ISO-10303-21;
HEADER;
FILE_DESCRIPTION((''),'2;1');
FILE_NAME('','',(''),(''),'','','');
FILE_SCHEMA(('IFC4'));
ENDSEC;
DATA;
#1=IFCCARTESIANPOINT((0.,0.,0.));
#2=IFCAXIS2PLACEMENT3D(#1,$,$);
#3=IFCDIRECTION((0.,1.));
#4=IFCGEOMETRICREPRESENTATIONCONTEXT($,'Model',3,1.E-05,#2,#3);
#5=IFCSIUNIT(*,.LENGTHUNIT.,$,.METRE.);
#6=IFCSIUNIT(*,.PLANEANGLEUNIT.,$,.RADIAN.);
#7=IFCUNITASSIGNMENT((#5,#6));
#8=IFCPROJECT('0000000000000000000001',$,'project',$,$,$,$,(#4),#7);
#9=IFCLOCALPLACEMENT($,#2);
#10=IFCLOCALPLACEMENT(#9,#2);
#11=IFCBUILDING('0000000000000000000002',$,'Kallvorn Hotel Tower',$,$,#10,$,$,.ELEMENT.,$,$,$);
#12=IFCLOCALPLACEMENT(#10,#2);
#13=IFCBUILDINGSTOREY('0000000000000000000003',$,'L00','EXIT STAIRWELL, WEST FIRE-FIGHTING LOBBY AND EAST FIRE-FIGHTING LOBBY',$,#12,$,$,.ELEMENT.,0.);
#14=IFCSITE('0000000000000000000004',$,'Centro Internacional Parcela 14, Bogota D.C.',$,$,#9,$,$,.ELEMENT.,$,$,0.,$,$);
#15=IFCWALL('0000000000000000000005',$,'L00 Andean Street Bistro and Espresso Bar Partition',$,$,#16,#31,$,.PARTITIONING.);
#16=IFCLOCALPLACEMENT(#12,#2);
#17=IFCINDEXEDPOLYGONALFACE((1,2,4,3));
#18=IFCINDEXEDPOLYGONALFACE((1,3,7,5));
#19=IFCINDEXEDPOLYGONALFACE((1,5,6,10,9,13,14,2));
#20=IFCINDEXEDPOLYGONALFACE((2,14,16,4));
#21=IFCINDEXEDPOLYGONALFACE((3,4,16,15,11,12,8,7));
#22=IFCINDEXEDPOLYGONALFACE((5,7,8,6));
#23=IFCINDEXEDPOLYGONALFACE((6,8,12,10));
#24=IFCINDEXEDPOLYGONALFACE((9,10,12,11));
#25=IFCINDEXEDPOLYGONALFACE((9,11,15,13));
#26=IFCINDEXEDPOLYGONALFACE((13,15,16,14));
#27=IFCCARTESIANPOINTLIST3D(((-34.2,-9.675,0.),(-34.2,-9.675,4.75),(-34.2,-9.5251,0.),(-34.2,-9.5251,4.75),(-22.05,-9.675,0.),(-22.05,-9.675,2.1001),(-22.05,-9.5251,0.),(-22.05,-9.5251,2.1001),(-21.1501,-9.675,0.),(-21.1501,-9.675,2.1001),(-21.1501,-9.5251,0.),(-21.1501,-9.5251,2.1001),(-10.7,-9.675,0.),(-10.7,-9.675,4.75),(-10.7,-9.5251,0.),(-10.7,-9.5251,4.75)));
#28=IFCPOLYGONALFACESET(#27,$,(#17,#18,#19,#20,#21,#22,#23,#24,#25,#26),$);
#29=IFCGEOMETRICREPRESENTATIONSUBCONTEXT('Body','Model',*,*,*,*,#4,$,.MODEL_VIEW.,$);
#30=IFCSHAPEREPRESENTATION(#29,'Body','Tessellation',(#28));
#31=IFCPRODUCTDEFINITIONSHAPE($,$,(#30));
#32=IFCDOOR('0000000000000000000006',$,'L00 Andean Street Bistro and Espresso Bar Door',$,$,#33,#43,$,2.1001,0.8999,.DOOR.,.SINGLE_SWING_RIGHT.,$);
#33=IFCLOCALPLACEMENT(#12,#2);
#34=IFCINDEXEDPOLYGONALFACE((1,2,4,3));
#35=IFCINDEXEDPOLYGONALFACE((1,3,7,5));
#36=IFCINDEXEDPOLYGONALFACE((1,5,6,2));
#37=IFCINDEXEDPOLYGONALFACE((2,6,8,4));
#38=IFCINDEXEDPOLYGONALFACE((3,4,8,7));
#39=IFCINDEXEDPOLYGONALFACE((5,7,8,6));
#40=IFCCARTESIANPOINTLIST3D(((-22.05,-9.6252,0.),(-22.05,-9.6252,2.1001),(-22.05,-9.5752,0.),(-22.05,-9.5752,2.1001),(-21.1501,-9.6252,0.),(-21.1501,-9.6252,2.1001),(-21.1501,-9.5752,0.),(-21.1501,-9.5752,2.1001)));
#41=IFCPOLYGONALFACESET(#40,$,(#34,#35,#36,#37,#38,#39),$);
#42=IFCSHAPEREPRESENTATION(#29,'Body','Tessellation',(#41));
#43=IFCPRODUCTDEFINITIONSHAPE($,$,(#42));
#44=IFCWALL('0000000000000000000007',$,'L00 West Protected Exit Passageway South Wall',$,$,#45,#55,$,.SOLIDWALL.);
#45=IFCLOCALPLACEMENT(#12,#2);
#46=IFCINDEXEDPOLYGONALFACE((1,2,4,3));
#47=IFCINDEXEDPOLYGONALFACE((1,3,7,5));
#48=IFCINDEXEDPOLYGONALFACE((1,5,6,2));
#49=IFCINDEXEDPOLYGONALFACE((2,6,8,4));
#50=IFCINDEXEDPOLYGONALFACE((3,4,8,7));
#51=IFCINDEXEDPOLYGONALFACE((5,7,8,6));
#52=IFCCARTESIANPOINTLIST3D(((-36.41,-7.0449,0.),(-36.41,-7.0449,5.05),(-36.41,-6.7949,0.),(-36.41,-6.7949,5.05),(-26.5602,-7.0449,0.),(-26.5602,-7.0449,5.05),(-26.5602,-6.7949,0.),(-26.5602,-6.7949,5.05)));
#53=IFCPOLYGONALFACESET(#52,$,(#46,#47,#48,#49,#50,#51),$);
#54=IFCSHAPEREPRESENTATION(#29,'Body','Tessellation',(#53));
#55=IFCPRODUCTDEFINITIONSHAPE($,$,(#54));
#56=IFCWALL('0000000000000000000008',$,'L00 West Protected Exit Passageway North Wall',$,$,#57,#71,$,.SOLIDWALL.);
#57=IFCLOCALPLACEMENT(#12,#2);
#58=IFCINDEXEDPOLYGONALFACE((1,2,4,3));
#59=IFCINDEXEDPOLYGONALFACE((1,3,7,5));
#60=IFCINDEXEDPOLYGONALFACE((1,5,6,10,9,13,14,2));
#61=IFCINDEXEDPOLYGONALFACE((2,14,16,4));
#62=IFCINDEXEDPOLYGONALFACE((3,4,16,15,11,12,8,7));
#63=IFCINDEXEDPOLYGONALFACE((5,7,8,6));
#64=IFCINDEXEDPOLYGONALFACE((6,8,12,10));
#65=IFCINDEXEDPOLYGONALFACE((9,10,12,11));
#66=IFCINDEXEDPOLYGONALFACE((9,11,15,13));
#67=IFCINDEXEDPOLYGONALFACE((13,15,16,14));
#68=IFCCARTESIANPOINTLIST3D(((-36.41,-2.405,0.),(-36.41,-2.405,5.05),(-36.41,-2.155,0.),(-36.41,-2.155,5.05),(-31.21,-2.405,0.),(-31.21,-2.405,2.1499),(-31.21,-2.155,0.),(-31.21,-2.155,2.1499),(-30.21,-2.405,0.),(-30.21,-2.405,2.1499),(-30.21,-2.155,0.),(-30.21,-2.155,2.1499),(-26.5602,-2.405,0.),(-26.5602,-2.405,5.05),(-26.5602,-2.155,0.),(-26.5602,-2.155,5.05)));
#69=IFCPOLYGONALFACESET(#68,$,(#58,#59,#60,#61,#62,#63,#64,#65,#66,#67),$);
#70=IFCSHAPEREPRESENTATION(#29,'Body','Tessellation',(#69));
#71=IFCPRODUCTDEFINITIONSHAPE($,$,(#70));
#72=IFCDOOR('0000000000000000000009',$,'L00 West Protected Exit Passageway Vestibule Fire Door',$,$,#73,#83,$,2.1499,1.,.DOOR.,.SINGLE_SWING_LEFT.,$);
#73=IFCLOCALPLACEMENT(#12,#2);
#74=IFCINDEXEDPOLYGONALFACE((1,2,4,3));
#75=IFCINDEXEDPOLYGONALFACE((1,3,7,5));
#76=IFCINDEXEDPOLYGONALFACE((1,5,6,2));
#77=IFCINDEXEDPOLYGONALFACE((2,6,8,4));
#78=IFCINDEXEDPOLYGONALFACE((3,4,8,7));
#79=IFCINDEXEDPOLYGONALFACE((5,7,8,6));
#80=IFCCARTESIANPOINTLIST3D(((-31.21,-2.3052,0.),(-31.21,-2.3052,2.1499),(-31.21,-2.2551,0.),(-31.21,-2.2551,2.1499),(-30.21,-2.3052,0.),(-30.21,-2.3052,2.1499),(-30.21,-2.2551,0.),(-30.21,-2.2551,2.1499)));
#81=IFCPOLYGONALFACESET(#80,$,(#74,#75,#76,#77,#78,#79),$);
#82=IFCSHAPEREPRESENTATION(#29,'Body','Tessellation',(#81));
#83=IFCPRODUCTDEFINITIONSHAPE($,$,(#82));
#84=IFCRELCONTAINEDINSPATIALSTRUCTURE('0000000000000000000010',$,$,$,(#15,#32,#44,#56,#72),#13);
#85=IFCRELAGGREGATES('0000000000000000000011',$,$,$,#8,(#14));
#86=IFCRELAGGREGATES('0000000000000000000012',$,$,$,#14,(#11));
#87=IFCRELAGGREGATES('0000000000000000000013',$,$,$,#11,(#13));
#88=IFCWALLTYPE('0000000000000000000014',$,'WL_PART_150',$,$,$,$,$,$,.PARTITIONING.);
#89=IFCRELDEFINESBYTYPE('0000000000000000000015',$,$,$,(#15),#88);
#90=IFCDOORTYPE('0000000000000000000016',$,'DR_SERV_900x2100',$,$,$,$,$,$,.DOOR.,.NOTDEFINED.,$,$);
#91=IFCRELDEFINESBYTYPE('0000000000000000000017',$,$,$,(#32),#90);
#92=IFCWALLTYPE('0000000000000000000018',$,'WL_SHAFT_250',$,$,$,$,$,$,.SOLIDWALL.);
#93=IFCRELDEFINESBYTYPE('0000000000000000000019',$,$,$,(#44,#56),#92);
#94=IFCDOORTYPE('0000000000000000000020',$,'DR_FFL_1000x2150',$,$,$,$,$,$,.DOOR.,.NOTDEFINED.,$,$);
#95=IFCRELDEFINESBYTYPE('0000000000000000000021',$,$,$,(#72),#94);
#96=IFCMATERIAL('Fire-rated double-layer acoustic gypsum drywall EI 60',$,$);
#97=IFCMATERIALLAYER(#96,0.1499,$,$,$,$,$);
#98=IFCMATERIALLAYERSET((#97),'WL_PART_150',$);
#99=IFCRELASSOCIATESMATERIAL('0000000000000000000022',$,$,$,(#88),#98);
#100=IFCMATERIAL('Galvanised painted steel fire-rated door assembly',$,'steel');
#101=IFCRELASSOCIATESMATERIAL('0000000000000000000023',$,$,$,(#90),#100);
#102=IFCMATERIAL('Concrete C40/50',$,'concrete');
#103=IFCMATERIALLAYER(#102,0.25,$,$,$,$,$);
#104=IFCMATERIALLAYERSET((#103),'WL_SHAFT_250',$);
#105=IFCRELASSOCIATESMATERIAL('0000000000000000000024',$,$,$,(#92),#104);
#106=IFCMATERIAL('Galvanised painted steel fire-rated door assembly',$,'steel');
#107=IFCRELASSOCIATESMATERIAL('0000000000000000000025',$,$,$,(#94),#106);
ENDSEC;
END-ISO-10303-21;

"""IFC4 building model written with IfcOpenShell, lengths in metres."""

from ifc_helpers import new_model, si_unit, direction, frame, frame_2d, origin, place, context, subcontext, project, spatial, rectangle, extrude, material, layer, layer_set, type_object, element, fill, save


model = new_model("IFC4")

# Units and contexts
model_context = context("Model", 3, precision=1e-05, world=origin(), true_north=direction((0.0, 1.0)))
body_context = subcontext(model_context, "Body", "Model", "MODEL_VIEW")
ifc_project = project(units=[si_unit("LENGTHUNIT", "METRE"), si_unit("PLANEANGLEUNIT", "RADIAN")], contexts=[model_context])

# Site, building, storey
site_placement = place(None, origin())
site = spatial("IfcSite", under=ifc_project, at=site_placement, Name="Centro Internacional Parcela 14, Bogota D.C.", CompositionType="ELEMENT", RefElevation=0.0)
building_placement = place(site_placement, origin())
building = spatial("IfcBuilding", under=site, at=building_placement, Name="Kallvorn Hotel Tower", CompositionType="ELEMENT")
storey_placement = place(building_placement, origin())
storey = spatial("IfcBuildingStorey", under=building, at=storey_placement, Name="L00", Description="EXIT STAIRWELL, WEST FIRE-FIGHTING LOBBY AND EAST FIRE-FIGHTING LOBBY", CompositionType="ELEMENT", Elevation=0.0)

# Wall, opening, door
ifc_material_1 = material(Name="Fire-rated double-layer acoustic gypsum drywall EI 60")
ifc_layer_1 = layer(ifc_material_1, 0.1499)
ifc_layer_set_1 = layer_set([ifc_layer_1], Name="WL_PART_150")
wall_type_1 = type_object("IfcWallType", Name="WL_PART_150", PredefinedType="PARTITIONING", material=ifc_layer_set_1)
wall_1_placement = place(storey_placement, frame((-34.2, -9.6001, 0.0), z_axis=(0.0, 0.0, 1.0), x_axis=(1.0, 0.0, 0.0)))
wall_1 = element("IfcWall", 1, at=wall_1_placement, inside=storey, type_object=wall_type_1, Name="L00 Andean Street Bistro and Espresso Bar Partition", PredefinedType="PARTITIONING", context=body_context, shape_type="SweptSolid", body=[
    extrude(rectangle(XDim=23.5, YDim=0.1499, at=frame_2d((11.75, 0.0))), origin(), (0.0, 0.0, 1.0), 4.75),
])
opening_1_placement = place(wall_1_placement, frame((12.1499, 0.0, 0.0)))
opening_1 = element("IfcOpeningElement", 2, at=opening_1_placement, cuts=wall_1, PredefinedType="OPENING", context=body_context, shape_type="SweptSolid", body=[
    extrude(rectangle(XDim=0.8999, YDim=2.1001, at=frame_2d((0.45, 1.05))), frame((0.0, 0.0898, 0.0), z_axis=(0.0, -1.0, 0.0), x_axis=(1.0, 0.0, 0.0)), (0.0, 0.0, 1.0), 0.1799),
])
ifc_material_2 = material(Name="Galvanised painted steel fire-rated door assembly", Category="steel")
door_type_1 = type_object("IfcDoorType", Name="DR_SERV_900x2100", OperationType="NOTDEFINED", PredefinedType="DOOR", material=ifc_material_2)
door_1_placement = place(opening_1_placement, origin())
door_1 = element("IfcDoor", 3, at=door_1_placement, inside=storey, type_object=door_type_1, Name="L00 Andean Street Bistro and Espresso Bar Door", OperationType="SINGLE_SWING_RIGHT", OverallHeight=2.1001, OverallWidth=0.8999, PredefinedType="DOOR", context=body_context, shape_type="SweptSolid", body=[
    extrude(rectangle(XDim=0.8999, YDim=2.1001, at=frame_2d((0.45, 1.05))), frame((0.0, 0.0249, 0.0), z_axis=(0.0, -1.0, 0.0), x_axis=(1.0, 0.0, 0.0)), (0.0, 0.0, 1.0), 0.05),
])
fill(opening_1, door_1)

# Wall
ifc_material_3 = material(Name="Concrete C40/50", Category="concrete")
ifc_layer_2 = layer(ifc_material_3, 0.25)
ifc_layer_set_2 = layer_set([ifc_layer_2], Name="WL_SHAFT_250")
wall_type_2 = type_object("IfcWallType", Name="WL_SHAFT_250", PredefinedType="SOLIDWALL", material=ifc_layer_set_2)
wall_2_placement = place(storey_placement, frame((-36.4099, -6.9199, 0.0), z_axis=(0.0, 0.0, 1.0), x_axis=(1.0, 0.0, 0.0)))
element("IfcWall", 4, at=wall_2_placement, inside=storey, type_object=wall_type_2, Name="L00 West Protected Exit Passageway South Wall", PredefinedType="SOLIDWALL", context=body_context, shape_type="SweptSolid", body=[
    extrude(rectangle(XDim=9.8499, YDim=0.25, at=frame_2d((4.9248, 0.0))), origin(), (0.0, 0.0, 1.0), 5.05),
])

# Wall, opening, door
wall_3_placement = place(storey_placement, frame((-36.4099, -2.28, 0.0), z_axis=(0.0, 0.0, 1.0), x_axis=(1.0, 0.0, 0.0)))
wall_3 = element("IfcWall", 5, at=wall_3_placement, inside=storey, type_object=wall_type_2, Name="L00 West Protected Exit Passageway North Wall", PredefinedType="SOLIDWALL", context=body_context, shape_type="SweptSolid", body=[
    extrude(rectangle(XDim=9.8499, YDim=0.25, at=frame_2d((4.9248, 0.0))), origin(), (0.0, 0.0, 1.0), 5.05),
])
opening_2_placement = place(wall_3_placement, frame((5.2, 0.0, 0.0)))
opening_2 = element("IfcOpeningElement", 6, at=opening_2_placement, cuts=wall_3, PredefinedType="OPENING", context=body_context, shape_type="SweptSolid", body=[
    extrude(rectangle(XDim=1.0, YDim=2.1499, at=frame_2d((0.5, 1.075))), frame((0.0, 0.1399, 0.0), z_axis=(0.0, -1.0, 0.0), x_axis=(1.0, 0.0, 0.0)), (0.0, 0.0, 1.0), 0.28),
])
ifc_material_4 = material(Name="Galvanised painted steel fire-rated door assembly", Category="steel")
door_type_2 = type_object("IfcDoorType", Name="DR_FFL_1000x2150", OperationType="NOTDEFINED", PredefinedType="DOOR", material=ifc_material_4)
door_2_placement = place(opening_2_placement, origin())
door_2 = element("IfcDoor", 7, at=door_2_placement, inside=storey, type_object=door_type_2, Name="L00 West Protected Exit Passageway Vestibule Fire Door", OperationType="SINGLE_SWING_LEFT", OverallHeight=2.1499, OverallWidth=1.0, PredefinedType="DOOR", context=body_context, shape_type="SweptSolid", body=[
    extrude(rectangle(XDim=1.0, YDim=2.1499, at=frame_2d((0.5, 1.075))), frame((0.0, 0.0249, 0.0), z_axis=(0.0, -1.0, 0.0), x_axis=(1.0, 0.0, 0.0)), (0.0, 0.0, 1.0), 0.05),
])
fill(opening_2, door_2)

save(model, "model.ifc")
